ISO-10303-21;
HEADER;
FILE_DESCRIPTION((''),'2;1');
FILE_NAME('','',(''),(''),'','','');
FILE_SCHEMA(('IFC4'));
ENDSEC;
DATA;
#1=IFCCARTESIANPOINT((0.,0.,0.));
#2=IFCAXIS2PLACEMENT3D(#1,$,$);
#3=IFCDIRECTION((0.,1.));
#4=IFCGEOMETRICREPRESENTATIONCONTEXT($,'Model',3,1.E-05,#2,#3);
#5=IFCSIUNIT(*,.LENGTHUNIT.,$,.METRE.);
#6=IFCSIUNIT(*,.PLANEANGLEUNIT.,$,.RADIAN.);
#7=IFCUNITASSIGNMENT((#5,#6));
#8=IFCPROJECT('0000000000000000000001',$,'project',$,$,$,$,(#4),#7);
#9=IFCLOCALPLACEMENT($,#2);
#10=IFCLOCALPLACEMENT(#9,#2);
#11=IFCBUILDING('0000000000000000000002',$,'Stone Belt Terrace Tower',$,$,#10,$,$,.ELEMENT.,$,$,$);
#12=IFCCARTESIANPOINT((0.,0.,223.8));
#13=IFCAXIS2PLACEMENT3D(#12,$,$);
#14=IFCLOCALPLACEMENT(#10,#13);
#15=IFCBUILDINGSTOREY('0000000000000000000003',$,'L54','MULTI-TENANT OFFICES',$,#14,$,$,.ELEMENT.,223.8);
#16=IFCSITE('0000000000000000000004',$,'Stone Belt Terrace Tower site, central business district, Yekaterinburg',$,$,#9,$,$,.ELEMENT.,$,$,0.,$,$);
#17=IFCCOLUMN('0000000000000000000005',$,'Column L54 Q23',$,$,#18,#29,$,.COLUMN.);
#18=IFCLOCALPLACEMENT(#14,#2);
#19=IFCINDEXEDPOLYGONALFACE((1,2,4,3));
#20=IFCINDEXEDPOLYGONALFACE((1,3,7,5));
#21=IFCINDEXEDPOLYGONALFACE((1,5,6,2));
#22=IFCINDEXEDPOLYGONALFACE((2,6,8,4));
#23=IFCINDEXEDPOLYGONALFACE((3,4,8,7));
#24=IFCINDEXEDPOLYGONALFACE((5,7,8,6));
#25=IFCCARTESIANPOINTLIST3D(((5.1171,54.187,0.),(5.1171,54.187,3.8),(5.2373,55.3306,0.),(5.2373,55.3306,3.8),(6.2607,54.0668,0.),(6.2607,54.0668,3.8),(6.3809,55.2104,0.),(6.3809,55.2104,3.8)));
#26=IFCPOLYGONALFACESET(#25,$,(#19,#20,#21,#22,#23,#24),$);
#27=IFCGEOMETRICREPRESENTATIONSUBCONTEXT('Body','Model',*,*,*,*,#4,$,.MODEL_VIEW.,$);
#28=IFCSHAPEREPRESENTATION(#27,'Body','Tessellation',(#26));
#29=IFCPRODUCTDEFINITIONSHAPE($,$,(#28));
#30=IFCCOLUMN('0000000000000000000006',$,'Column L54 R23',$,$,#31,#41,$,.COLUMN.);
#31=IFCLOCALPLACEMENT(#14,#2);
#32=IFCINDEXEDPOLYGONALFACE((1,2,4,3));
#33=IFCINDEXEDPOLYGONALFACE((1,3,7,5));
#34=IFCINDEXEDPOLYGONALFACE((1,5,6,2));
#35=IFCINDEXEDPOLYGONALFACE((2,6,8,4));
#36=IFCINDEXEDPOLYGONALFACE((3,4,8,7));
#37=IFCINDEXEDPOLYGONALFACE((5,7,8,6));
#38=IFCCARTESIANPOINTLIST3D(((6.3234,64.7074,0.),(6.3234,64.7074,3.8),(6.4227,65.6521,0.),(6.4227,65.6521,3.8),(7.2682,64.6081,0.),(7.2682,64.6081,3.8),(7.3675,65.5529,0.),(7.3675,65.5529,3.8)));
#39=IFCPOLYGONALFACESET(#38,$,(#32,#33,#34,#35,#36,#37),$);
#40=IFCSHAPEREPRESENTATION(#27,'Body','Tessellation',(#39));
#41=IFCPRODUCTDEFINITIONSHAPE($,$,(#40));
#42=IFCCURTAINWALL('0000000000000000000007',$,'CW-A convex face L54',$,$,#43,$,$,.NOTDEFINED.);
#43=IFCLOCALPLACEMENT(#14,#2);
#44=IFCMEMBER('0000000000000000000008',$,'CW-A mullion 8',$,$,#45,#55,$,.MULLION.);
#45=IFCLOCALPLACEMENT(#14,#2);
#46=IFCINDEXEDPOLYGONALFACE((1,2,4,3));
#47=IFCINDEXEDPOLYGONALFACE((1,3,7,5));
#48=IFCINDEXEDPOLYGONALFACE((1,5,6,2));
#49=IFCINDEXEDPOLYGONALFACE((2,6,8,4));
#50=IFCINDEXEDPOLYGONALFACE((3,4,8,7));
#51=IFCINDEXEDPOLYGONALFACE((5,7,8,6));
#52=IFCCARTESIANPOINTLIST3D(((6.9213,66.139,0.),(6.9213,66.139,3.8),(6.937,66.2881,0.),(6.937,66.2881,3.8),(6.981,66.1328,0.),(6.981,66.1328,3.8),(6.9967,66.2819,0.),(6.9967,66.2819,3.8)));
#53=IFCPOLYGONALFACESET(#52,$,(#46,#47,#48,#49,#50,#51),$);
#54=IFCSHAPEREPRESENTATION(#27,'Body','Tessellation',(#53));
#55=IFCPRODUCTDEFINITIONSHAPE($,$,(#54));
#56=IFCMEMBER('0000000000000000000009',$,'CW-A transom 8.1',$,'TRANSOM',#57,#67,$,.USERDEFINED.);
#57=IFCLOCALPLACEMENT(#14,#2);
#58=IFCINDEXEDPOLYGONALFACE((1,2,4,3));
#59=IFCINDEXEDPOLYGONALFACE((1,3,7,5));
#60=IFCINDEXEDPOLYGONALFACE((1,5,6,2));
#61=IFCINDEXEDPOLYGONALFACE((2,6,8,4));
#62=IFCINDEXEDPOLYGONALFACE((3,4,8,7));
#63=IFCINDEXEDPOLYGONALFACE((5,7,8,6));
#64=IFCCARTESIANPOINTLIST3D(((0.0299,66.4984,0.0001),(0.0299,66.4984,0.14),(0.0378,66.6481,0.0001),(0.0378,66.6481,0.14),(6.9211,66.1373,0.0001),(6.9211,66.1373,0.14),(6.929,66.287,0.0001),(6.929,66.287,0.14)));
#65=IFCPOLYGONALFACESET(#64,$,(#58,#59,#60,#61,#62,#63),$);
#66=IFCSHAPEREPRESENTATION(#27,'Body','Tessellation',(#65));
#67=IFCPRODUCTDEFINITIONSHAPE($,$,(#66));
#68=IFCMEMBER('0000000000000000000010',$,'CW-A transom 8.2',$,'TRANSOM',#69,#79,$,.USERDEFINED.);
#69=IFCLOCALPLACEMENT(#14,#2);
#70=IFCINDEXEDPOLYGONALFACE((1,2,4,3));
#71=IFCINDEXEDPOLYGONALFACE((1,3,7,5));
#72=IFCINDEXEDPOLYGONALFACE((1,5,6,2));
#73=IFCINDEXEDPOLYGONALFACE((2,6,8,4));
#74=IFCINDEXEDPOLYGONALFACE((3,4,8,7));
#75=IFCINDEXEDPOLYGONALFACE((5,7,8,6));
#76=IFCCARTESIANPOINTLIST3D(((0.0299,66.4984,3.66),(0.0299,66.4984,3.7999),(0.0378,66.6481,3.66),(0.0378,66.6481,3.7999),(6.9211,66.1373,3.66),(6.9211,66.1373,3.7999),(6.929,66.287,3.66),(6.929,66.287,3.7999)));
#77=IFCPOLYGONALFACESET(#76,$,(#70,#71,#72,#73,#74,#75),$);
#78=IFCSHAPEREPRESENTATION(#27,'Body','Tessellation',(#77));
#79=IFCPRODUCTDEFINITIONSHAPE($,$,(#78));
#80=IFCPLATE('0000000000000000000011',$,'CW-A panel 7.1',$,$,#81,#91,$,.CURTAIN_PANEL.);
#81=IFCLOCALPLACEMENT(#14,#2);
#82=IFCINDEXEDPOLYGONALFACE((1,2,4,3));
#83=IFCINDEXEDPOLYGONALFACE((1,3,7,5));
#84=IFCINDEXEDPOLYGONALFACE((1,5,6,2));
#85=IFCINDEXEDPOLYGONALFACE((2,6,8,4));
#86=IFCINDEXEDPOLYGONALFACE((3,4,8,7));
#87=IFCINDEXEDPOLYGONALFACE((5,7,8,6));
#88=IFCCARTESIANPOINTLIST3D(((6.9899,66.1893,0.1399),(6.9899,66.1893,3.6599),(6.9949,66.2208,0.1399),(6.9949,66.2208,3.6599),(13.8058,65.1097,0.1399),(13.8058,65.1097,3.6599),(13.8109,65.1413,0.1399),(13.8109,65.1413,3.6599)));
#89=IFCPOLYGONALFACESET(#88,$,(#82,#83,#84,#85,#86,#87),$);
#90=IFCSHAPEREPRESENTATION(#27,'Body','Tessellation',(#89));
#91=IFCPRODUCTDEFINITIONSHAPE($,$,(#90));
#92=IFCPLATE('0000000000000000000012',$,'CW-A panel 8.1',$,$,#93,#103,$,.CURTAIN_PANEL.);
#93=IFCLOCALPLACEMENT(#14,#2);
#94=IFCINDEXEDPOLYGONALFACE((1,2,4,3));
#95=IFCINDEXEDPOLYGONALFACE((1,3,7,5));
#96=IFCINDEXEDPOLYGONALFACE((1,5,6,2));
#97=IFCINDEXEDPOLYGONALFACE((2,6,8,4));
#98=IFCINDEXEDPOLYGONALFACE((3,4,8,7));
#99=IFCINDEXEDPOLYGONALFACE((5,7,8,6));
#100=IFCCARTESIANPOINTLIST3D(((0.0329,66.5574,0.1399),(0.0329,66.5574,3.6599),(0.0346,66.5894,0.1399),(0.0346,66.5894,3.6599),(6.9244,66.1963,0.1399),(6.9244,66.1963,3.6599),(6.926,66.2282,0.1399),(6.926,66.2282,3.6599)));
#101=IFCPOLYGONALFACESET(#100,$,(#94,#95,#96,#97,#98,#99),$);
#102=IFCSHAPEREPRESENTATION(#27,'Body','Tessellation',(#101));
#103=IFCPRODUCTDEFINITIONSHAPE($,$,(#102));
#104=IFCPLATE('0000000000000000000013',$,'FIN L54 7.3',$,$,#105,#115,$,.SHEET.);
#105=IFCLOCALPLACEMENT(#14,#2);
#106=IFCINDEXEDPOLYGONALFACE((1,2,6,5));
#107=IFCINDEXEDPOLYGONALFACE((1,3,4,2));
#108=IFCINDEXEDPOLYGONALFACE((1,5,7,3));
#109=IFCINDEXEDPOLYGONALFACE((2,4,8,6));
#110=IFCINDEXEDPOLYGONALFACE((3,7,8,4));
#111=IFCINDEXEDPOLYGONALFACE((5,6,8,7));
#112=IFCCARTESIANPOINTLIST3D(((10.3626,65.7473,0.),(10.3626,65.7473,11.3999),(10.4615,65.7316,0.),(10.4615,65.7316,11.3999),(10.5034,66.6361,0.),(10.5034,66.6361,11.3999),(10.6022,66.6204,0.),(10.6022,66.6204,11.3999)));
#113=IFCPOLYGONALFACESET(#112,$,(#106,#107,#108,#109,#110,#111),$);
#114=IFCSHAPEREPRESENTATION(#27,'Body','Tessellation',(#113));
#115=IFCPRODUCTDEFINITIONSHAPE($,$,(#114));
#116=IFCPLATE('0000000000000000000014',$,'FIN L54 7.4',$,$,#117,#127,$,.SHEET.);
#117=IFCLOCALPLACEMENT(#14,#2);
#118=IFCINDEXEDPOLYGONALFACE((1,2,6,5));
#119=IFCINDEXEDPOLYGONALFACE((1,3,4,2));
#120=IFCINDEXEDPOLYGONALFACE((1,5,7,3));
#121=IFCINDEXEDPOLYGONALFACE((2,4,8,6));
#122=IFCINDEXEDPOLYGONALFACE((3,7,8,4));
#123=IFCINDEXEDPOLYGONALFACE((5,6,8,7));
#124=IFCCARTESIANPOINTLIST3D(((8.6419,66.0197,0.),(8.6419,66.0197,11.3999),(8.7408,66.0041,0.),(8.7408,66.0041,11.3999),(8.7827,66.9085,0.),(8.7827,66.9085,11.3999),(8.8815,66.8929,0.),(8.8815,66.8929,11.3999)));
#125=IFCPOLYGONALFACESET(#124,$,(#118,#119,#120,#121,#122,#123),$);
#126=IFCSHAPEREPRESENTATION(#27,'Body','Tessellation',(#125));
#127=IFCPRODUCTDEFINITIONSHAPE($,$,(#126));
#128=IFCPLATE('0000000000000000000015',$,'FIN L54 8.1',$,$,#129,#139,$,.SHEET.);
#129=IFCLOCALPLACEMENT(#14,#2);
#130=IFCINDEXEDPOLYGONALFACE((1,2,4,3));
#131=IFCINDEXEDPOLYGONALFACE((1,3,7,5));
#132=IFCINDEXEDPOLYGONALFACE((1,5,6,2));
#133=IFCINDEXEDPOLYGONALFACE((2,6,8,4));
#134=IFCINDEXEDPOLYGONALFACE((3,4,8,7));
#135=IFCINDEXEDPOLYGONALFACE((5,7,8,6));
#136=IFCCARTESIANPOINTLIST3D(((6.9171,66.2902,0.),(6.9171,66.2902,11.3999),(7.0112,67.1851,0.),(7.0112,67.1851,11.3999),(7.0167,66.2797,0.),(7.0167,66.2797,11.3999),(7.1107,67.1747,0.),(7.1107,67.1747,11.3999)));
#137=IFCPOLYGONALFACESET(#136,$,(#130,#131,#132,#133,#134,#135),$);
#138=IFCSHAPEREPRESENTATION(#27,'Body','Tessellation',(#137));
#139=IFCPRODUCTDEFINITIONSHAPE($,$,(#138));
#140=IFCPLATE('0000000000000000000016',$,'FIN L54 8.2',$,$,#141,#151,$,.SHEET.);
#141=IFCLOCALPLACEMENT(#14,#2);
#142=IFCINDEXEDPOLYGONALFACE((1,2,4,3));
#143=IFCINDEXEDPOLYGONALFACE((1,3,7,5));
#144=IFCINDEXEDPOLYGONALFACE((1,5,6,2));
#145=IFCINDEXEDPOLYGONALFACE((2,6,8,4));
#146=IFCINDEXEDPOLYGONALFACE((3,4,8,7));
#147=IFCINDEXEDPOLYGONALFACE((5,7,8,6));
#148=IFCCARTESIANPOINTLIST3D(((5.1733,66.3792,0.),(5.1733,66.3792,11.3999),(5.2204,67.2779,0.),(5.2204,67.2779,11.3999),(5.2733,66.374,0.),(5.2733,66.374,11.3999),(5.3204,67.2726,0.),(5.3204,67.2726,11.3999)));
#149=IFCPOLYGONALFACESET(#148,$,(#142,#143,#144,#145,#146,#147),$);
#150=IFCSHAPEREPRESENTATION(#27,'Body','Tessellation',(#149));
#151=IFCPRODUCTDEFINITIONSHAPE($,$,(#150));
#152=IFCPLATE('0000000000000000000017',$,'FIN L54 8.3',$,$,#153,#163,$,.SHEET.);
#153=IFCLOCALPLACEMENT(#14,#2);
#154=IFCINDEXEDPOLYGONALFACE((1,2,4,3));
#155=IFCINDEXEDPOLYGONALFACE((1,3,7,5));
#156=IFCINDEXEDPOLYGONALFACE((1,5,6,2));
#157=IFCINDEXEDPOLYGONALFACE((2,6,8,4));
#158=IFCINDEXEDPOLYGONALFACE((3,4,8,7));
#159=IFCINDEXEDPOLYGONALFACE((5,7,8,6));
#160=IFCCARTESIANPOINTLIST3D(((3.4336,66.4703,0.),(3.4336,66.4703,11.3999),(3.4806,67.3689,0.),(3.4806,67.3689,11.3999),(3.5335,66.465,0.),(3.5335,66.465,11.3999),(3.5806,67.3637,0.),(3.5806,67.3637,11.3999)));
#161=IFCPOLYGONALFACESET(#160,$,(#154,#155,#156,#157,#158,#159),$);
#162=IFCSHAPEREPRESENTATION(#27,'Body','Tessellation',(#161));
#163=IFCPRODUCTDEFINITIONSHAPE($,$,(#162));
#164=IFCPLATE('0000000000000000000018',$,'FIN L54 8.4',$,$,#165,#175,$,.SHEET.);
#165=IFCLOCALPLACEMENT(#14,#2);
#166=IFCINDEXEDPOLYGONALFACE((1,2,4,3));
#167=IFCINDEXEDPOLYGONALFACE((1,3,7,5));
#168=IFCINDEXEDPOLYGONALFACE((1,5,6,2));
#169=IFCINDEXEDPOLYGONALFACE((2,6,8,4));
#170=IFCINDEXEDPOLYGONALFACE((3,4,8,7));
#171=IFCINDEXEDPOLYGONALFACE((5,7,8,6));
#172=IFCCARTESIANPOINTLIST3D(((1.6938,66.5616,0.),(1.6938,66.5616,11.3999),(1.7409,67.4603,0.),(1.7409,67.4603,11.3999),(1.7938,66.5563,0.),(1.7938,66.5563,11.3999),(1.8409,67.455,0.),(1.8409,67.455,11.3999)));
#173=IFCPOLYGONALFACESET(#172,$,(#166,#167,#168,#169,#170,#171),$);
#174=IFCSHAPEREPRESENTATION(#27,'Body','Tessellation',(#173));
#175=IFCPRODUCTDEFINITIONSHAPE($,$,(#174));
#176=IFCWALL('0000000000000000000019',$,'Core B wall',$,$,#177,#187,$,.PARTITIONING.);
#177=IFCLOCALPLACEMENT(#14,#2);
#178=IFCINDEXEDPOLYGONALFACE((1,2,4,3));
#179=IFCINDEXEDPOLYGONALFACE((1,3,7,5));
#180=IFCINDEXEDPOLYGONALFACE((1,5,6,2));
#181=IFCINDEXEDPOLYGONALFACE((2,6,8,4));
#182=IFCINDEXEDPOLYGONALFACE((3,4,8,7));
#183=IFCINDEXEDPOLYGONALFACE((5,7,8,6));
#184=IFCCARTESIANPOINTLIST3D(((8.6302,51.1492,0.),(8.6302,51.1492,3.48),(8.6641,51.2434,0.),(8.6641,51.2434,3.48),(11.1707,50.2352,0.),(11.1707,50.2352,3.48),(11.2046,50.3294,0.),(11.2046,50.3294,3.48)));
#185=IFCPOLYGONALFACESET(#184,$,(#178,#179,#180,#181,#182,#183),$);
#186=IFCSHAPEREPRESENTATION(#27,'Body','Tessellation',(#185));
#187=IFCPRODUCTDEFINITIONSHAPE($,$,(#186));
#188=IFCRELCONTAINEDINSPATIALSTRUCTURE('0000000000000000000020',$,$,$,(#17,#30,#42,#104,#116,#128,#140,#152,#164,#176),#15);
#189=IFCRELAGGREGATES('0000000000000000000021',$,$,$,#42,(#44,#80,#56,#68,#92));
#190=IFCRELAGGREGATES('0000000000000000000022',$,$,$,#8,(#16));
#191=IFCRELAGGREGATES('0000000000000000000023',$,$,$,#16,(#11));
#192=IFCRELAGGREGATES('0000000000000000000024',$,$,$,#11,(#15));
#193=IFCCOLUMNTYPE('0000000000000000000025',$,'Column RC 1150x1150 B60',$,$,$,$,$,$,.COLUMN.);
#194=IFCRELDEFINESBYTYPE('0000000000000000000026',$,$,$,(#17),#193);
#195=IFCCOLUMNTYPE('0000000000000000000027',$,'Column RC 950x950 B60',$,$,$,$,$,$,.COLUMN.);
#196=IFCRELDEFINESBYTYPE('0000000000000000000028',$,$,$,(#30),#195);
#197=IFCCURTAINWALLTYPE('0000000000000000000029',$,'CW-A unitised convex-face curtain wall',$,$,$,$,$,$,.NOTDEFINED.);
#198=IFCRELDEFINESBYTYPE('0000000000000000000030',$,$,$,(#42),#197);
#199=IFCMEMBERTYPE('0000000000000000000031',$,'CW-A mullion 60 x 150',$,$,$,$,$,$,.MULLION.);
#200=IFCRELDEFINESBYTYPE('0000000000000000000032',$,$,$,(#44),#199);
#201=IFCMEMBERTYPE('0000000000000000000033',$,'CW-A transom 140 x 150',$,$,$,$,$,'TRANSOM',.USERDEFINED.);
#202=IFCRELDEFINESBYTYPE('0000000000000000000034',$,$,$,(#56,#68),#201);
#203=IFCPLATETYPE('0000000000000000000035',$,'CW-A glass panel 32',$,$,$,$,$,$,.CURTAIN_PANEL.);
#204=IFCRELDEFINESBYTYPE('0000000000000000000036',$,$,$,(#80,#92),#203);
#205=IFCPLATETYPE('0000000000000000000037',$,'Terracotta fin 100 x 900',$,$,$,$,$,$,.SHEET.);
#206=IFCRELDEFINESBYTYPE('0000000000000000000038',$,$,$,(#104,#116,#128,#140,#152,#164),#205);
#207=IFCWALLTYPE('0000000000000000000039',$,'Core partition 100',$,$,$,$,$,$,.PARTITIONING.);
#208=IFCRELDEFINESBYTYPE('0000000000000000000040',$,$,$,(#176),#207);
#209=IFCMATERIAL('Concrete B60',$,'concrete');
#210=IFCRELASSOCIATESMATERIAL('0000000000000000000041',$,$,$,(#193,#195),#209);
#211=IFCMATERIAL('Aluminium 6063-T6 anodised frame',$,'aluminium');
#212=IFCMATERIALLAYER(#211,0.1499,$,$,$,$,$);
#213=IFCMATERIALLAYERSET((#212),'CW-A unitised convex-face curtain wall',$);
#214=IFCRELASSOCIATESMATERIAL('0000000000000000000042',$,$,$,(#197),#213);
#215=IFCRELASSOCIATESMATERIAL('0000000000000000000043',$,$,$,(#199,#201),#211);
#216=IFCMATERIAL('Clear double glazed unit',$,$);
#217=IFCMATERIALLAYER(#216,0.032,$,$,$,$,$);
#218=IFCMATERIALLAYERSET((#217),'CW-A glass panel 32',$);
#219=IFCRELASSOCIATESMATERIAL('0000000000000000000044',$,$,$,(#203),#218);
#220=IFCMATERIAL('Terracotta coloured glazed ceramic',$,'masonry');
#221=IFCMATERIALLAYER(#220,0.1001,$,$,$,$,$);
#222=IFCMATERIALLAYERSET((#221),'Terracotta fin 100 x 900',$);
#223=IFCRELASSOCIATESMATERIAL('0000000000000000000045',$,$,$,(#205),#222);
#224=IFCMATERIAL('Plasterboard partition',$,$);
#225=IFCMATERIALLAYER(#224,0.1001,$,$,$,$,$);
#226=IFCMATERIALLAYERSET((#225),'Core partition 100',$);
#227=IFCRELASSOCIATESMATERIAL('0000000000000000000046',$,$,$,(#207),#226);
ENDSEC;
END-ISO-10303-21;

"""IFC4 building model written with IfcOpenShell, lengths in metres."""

from ifc_helpers import new_model, si_unit, direction, frame, frame_2d, origin, origin_2d, place, context, subcontext, project, spatial, rectangle, extrude, material, layer, layer_set, material_profile, profile_set, type_object, element, aggregate, save


model = new_model("IFC4")

# Units and contexts
model_context = context("Model", 3, precision=1e-05, world=origin(), true_north=direction((0.0, 1.0)))
body_context = subcontext(model_context, "Body", "Model", "MODEL_VIEW")
ifc_project = project(units=[si_unit("LENGTHUNIT", "METRE"), si_unit("PLANEANGLEUNIT", "RADIAN")], contexts=[model_context])

# Site, building, storey
site_placement = place(None, origin())
site = spatial("IfcSite", under=ifc_project, at=site_placement, Name="Stone Belt Terrace Tower site, central business district, Yekaterinburg", CompositionType="ELEMENT", RefElevation=0.0)
building_placement = place(site_placement, origin())
building = spatial("IfcBuilding", under=site, at=building_placement, Name="Stone Belt Terrace Tower", CompositionType="ELEMENT")
storey_placement = place(building_placement, frame((0.0, 0.0, 223.8)))
storey = spatial("IfcBuildingStorey", under=building, at=storey_placement, Name="L54", Description="MULTI-TENANT OFFICES", CompositionType="ELEMENT", Elevation=223.8)

# Columns
ifc_material_1 = material(Name="Concrete B60", Category="concrete")
ifc_material_profile_1 = material_profile(ifc_material_1, rectangle(XDim=1.1499, YDim=1.1499, at=origin_2d()), Name="RC 1150x1150")
ifc_profile_set_1 = profile_set([ifc_material_profile_1], Name="Concrete B60")
column_type_1 = type_object("IfcColumnType", Name="Column RC 1150x1150 B60", PredefinedType="COLUMN", material=ifc_profile_set_1)
column_1_placement = place(storey_placement, frame((5.749, 54.6987, 0.0), z_axis=(0.0, 0.0, 1.0), x_axis=(0.994522, -0.104528, 0.0)))
element("IfcColumn", 1, at=column_1_placement, inside=storey, type_object=column_type_1, Name="Column L54 Q23", PredefinedType="COLUMN", context=body_context, shape_type="SweptSolid", body=[
    extrude(rectangle(XDim=1.1499, YDim=1.1499, at=origin_2d()), origin(), (0.0, 0.0, 1.0), 3.8),
])
ifc_material_profile_2 = material_profile(ifc_material_1, rectangle(XDim=0.95, YDim=0.95, at=origin_2d()), Name="RC 950x950")
ifc_profile_set_2 = profile_set([ifc_material_profile_2], Name="Concrete B60")
column_type_2 = type_object("IfcColumnType", Name="Column RC 950x950 B60", PredefinedType="COLUMN", material=ifc_profile_set_2)
column_2_placement = place(storey_placement, frame((6.8455, 65.1301, 0.0), z_axis=(0.0, 0.0, 1.0), x_axis=(0.994522, -0.104528, 0.0)))
element("IfcColumn", 2, at=column_2_placement, inside=storey, type_object=column_type_2, Name="Column L54 R23", PredefinedType="COLUMN", context=body_context, shape_type="SweptSolid", body=[
    extrude(rectangle(XDim=0.95, YDim=0.95, at=origin_2d()), origin(), (0.0, 0.0, 1.0), 3.8),
])

# Curtain wall, members, plates
ifc_material_2 = material(Name="Aluminium 6063-T6 anodised frame", Category="aluminium")
ifc_layer_1 = layer(ifc_material_2, 0.1499)
ifc_layer_set_1 = layer_set([ifc_layer_1], Name="CW-A unitised convex-face curtain wall")
curtain_wall_type = type_object("IfcCurtainWallType", Name="CW-A unitised convex-face curtain wall", PredefinedType="NOTDEFINED", material=ifc_layer_set_1)
curtain_wall_placement = place(storey_placement, origin())
curtain_wall = element("IfcCurtainWall", 3, at=curtain_wall_placement, inside=storey, type_object=curtain_wall_type, Name="CW-A convex face L54", PredefinedType="NOTDEFINED")
ifc_material_profile_3 = material_profile(ifc_material_2, rectangle(XDim=0.1499, YDim=0.0601, at=origin_2d()), Name="Aluminium 6063-T6 60x150")
ifc_profile_set_3 = profile_set([ifc_material_profile_3], Name="Aluminium 6063-T6 anodised frame")
member_type_1 = type_object("IfcMemberType", Name="CW-A mullion 60 x 150", PredefinedType="MULLION", material=ifc_profile_set_3)
member_1_placement = place(storey_placement, frame((6.959, 66.2104, 0.0), z_axis=(0.0, 0.0, 1.0), x_axis=(-0.104528, -0.994522, 0.0)))
member_1 = element("IfcMember", 4, at=member_1_placement, type_object=member_type_1, Name="CW-A mullion 8", PredefinedType="MULLION", context=body_context, shape_type="SweptSolid", body=[
    extrude(rectangle(XDim=0.1499, YDim=0.0601, at=origin_2d()), origin(), (0.0, 0.0, 1.0), 3.8),
])
ifc_material_profile_4 = material_profile(ifc_material_2, rectangle(XDim=0.1499, YDim=0.1399, at=origin_2d()), Name="Aluminium 6063-T6 150x140")
ifc_profile_set_4 = profile_set([ifc_material_profile_4], Name="Aluminium 6063-T6 anodised frame")
member_type_2 = type_object("IfcMemberType", Name="CW-A transom 140 x 150", ElementType="TRANSOM", PredefinedType="USERDEFINED", material=ifc_profile_set_4)
member_2_placement = place(storey_placement, frame((6.925, 66.2122, 0.0701), z_axis=(-0.99863, 0.052327, 0.0), x_axis=(-0.052327, -0.99863, 0.0)))
member_2 = element("IfcMember", 5, at=member_2_placement, type_object=member_type_2, Name="CW-A transom 8.1", ObjectType="TRANSOM", PredefinedType="USERDEFINED", context=body_context, shape_type="SweptSolid", body=[
    extrude(rectangle(XDim=0.1499, YDim=0.1399, at=origin_2d()), origin(), (0.0, 0.0, 1.0), 6.9006),
])
member_3_placement = place(storey_placement, frame((6.925, 66.2122, 3.73), z_axis=(-0.99863, 0.052327, 0.0), x_axis=(-0.052327, -0.99863, 0.0)))
member_3 = element("IfcMember", 6, at=member_3_placement, type_object=member_type_2, Name="CW-A transom 8.2", ObjectType="TRANSOM", PredefinedType="USERDEFINED", context=body_context, shape_type="SweptSolid", body=[
    extrude(rectangle(XDim=0.1499, YDim=0.1399, at=origin_2d()), origin(), (0.0, 0.0, 1.0), 6.9006),
])
ifc_material_3 = material(Name="Clear double glazed unit")
ifc_layer_2 = layer(ifc_material_3, 0.032)
ifc_layer_set_2 = layer_set([ifc_layer_2], Name="CW-A glass panel 32")
plate_type_1 = type_object("IfcPlateType", Name="CW-A glass panel 32", PredefinedType="CURTAIN_PANEL", material=ifc_layer_set_2)
plate_1_placement = place(storey_placement, frame((10.4004, 65.6653, 0.1399), z_axis=(0.0, 0.0, 1.0), x_axis=(-0.987688, 0.156434, 0.0)))
plate_1 = element("IfcPlate", 7, at=plate_1_placement, type_object=plate_type_1, Name="CW-A panel 7.1", PredefinedType="CURTAIN_PANEL", context=body_context, shape_type="SweptSolid", body=[
    extrude(rectangle(XDim=6.9009, YDim=0.032, at=origin_2d()), origin(), (0.0, 0.0, 1.0), 3.52),
])
plate_2_placement = place(storey_placement, frame((3.4795, 66.3928, 0.1399), z_axis=(0.0, 0.0, 1.0), x_axis=(-0.99863, 0.052336, 0.0)))
plate_2 = element("IfcPlate", 8, at=plate_2_placement, type_object=plate_type_1, Name="CW-A panel 8.1", PredefinedType="CURTAIN_PANEL", context=body_context, shape_type="SweptSolid", body=[
    extrude(rectangle(XDim=6.9009, YDim=0.032, at=origin_2d()), origin(), (0.0, 0.0, 1.0), 3.52),
])
aggregate(curtain_wall, [member_1, plate_1, member_2, member_3, plate_2])

# Plates
ifc_material_4 = material(Name="Terracotta coloured glazed ceramic", Category="masonry")
ifc_layer_3 = layer(ifc_material_4, 0.1001)
ifc_layer_set_3 = layer_set([ifc_layer_3], Name="Terracotta fin 100 x 900")
plate_type_2 = type_object("IfcPlateType", Name="Terracotta fin 100 x 900", PredefinedType="SHEET", material=ifc_layer_set_3)
for number, where, z_axis, x_axis, name in (
    (9, (10.4824, 66.1838, 0.0), (0.0, 0.0, 1.0), (0.156434, 0.987688, 0.0), "FIN L54 7.3"),
    (10, (8.7617, 66.4563, 0.0), (0.0, 0.0, 1.0), (0.156434, 0.987688, 0.0), "FIN L54 7.4"),
    (11, (7.0139, 66.7324, 0.0), (0.0, 0.0, 1.0), (0.104528, 0.994522, 0.0), "FIN L54 8.1"),
    (12, (5.2468, 66.8259, 0.0), (0.0, 0.0, 1.0), (0.052336, 0.99863, 0.0), "FIN L54 8.2"),
    (13, (3.5071, 66.917, 0.0), (0.0, 0.0, 1.0), (0.052336, 0.99863, 0.0), "FIN L54 8.3"),
    (14, (1.7673, 67.0083, 0.0), (0.0, 0.0, 1.0), (0.052336, 0.99863, 0.0), "FIN L54 8.4"),
):
    element("IfcPlate", number, at=place(storey_placement, frame(where, z_axis=z_axis, x_axis=x_axis)), inside=storey, type_object=plate_type_2, Name=name, PredefinedType="SHEET", context=body_context, shape_type="SweptSolid", body=[
        extrude(rectangle(XDim=0.8999, YDim=0.1001, at=origin_2d()), origin(), (0.0, 0.0, 1.0), 11.3999),
    ])

# Wall
ifc_material_5 = material(Name="Plasterboard partition")
ifc_layer_4 = layer(ifc_material_5, 0.1001)
ifc_layer_set_4 = layer_set([ifc_layer_4], Name="Core partition 100")
wall_type_1 = type_object("IfcWallType", Name="Core partition 100", PredefinedType="PARTITIONING", material=ifc_layer_set_4)
wall_1_placement = place(storey_placement, frame((11.1877, 50.2822, 0.0), z_axis=(0.0, 0.0, 1.0), x_axis=(-0.94095, 0.338547, 0.0)))
element("IfcWall", 15, at=wall_1_placement, inside=storey, type_object=wall_type_1, Name="Core B wall", PredefinedType="PARTITIONING", context=body_context, shape_type="SweptSolid", body=[
    extrude(rectangle(XDim=2.7, YDim=0.1001, at=frame_2d((1.3501, 0.0))), origin(), (0.0, 0.0, 1.0), 3.48),
])

save(model, "model.ifc")
